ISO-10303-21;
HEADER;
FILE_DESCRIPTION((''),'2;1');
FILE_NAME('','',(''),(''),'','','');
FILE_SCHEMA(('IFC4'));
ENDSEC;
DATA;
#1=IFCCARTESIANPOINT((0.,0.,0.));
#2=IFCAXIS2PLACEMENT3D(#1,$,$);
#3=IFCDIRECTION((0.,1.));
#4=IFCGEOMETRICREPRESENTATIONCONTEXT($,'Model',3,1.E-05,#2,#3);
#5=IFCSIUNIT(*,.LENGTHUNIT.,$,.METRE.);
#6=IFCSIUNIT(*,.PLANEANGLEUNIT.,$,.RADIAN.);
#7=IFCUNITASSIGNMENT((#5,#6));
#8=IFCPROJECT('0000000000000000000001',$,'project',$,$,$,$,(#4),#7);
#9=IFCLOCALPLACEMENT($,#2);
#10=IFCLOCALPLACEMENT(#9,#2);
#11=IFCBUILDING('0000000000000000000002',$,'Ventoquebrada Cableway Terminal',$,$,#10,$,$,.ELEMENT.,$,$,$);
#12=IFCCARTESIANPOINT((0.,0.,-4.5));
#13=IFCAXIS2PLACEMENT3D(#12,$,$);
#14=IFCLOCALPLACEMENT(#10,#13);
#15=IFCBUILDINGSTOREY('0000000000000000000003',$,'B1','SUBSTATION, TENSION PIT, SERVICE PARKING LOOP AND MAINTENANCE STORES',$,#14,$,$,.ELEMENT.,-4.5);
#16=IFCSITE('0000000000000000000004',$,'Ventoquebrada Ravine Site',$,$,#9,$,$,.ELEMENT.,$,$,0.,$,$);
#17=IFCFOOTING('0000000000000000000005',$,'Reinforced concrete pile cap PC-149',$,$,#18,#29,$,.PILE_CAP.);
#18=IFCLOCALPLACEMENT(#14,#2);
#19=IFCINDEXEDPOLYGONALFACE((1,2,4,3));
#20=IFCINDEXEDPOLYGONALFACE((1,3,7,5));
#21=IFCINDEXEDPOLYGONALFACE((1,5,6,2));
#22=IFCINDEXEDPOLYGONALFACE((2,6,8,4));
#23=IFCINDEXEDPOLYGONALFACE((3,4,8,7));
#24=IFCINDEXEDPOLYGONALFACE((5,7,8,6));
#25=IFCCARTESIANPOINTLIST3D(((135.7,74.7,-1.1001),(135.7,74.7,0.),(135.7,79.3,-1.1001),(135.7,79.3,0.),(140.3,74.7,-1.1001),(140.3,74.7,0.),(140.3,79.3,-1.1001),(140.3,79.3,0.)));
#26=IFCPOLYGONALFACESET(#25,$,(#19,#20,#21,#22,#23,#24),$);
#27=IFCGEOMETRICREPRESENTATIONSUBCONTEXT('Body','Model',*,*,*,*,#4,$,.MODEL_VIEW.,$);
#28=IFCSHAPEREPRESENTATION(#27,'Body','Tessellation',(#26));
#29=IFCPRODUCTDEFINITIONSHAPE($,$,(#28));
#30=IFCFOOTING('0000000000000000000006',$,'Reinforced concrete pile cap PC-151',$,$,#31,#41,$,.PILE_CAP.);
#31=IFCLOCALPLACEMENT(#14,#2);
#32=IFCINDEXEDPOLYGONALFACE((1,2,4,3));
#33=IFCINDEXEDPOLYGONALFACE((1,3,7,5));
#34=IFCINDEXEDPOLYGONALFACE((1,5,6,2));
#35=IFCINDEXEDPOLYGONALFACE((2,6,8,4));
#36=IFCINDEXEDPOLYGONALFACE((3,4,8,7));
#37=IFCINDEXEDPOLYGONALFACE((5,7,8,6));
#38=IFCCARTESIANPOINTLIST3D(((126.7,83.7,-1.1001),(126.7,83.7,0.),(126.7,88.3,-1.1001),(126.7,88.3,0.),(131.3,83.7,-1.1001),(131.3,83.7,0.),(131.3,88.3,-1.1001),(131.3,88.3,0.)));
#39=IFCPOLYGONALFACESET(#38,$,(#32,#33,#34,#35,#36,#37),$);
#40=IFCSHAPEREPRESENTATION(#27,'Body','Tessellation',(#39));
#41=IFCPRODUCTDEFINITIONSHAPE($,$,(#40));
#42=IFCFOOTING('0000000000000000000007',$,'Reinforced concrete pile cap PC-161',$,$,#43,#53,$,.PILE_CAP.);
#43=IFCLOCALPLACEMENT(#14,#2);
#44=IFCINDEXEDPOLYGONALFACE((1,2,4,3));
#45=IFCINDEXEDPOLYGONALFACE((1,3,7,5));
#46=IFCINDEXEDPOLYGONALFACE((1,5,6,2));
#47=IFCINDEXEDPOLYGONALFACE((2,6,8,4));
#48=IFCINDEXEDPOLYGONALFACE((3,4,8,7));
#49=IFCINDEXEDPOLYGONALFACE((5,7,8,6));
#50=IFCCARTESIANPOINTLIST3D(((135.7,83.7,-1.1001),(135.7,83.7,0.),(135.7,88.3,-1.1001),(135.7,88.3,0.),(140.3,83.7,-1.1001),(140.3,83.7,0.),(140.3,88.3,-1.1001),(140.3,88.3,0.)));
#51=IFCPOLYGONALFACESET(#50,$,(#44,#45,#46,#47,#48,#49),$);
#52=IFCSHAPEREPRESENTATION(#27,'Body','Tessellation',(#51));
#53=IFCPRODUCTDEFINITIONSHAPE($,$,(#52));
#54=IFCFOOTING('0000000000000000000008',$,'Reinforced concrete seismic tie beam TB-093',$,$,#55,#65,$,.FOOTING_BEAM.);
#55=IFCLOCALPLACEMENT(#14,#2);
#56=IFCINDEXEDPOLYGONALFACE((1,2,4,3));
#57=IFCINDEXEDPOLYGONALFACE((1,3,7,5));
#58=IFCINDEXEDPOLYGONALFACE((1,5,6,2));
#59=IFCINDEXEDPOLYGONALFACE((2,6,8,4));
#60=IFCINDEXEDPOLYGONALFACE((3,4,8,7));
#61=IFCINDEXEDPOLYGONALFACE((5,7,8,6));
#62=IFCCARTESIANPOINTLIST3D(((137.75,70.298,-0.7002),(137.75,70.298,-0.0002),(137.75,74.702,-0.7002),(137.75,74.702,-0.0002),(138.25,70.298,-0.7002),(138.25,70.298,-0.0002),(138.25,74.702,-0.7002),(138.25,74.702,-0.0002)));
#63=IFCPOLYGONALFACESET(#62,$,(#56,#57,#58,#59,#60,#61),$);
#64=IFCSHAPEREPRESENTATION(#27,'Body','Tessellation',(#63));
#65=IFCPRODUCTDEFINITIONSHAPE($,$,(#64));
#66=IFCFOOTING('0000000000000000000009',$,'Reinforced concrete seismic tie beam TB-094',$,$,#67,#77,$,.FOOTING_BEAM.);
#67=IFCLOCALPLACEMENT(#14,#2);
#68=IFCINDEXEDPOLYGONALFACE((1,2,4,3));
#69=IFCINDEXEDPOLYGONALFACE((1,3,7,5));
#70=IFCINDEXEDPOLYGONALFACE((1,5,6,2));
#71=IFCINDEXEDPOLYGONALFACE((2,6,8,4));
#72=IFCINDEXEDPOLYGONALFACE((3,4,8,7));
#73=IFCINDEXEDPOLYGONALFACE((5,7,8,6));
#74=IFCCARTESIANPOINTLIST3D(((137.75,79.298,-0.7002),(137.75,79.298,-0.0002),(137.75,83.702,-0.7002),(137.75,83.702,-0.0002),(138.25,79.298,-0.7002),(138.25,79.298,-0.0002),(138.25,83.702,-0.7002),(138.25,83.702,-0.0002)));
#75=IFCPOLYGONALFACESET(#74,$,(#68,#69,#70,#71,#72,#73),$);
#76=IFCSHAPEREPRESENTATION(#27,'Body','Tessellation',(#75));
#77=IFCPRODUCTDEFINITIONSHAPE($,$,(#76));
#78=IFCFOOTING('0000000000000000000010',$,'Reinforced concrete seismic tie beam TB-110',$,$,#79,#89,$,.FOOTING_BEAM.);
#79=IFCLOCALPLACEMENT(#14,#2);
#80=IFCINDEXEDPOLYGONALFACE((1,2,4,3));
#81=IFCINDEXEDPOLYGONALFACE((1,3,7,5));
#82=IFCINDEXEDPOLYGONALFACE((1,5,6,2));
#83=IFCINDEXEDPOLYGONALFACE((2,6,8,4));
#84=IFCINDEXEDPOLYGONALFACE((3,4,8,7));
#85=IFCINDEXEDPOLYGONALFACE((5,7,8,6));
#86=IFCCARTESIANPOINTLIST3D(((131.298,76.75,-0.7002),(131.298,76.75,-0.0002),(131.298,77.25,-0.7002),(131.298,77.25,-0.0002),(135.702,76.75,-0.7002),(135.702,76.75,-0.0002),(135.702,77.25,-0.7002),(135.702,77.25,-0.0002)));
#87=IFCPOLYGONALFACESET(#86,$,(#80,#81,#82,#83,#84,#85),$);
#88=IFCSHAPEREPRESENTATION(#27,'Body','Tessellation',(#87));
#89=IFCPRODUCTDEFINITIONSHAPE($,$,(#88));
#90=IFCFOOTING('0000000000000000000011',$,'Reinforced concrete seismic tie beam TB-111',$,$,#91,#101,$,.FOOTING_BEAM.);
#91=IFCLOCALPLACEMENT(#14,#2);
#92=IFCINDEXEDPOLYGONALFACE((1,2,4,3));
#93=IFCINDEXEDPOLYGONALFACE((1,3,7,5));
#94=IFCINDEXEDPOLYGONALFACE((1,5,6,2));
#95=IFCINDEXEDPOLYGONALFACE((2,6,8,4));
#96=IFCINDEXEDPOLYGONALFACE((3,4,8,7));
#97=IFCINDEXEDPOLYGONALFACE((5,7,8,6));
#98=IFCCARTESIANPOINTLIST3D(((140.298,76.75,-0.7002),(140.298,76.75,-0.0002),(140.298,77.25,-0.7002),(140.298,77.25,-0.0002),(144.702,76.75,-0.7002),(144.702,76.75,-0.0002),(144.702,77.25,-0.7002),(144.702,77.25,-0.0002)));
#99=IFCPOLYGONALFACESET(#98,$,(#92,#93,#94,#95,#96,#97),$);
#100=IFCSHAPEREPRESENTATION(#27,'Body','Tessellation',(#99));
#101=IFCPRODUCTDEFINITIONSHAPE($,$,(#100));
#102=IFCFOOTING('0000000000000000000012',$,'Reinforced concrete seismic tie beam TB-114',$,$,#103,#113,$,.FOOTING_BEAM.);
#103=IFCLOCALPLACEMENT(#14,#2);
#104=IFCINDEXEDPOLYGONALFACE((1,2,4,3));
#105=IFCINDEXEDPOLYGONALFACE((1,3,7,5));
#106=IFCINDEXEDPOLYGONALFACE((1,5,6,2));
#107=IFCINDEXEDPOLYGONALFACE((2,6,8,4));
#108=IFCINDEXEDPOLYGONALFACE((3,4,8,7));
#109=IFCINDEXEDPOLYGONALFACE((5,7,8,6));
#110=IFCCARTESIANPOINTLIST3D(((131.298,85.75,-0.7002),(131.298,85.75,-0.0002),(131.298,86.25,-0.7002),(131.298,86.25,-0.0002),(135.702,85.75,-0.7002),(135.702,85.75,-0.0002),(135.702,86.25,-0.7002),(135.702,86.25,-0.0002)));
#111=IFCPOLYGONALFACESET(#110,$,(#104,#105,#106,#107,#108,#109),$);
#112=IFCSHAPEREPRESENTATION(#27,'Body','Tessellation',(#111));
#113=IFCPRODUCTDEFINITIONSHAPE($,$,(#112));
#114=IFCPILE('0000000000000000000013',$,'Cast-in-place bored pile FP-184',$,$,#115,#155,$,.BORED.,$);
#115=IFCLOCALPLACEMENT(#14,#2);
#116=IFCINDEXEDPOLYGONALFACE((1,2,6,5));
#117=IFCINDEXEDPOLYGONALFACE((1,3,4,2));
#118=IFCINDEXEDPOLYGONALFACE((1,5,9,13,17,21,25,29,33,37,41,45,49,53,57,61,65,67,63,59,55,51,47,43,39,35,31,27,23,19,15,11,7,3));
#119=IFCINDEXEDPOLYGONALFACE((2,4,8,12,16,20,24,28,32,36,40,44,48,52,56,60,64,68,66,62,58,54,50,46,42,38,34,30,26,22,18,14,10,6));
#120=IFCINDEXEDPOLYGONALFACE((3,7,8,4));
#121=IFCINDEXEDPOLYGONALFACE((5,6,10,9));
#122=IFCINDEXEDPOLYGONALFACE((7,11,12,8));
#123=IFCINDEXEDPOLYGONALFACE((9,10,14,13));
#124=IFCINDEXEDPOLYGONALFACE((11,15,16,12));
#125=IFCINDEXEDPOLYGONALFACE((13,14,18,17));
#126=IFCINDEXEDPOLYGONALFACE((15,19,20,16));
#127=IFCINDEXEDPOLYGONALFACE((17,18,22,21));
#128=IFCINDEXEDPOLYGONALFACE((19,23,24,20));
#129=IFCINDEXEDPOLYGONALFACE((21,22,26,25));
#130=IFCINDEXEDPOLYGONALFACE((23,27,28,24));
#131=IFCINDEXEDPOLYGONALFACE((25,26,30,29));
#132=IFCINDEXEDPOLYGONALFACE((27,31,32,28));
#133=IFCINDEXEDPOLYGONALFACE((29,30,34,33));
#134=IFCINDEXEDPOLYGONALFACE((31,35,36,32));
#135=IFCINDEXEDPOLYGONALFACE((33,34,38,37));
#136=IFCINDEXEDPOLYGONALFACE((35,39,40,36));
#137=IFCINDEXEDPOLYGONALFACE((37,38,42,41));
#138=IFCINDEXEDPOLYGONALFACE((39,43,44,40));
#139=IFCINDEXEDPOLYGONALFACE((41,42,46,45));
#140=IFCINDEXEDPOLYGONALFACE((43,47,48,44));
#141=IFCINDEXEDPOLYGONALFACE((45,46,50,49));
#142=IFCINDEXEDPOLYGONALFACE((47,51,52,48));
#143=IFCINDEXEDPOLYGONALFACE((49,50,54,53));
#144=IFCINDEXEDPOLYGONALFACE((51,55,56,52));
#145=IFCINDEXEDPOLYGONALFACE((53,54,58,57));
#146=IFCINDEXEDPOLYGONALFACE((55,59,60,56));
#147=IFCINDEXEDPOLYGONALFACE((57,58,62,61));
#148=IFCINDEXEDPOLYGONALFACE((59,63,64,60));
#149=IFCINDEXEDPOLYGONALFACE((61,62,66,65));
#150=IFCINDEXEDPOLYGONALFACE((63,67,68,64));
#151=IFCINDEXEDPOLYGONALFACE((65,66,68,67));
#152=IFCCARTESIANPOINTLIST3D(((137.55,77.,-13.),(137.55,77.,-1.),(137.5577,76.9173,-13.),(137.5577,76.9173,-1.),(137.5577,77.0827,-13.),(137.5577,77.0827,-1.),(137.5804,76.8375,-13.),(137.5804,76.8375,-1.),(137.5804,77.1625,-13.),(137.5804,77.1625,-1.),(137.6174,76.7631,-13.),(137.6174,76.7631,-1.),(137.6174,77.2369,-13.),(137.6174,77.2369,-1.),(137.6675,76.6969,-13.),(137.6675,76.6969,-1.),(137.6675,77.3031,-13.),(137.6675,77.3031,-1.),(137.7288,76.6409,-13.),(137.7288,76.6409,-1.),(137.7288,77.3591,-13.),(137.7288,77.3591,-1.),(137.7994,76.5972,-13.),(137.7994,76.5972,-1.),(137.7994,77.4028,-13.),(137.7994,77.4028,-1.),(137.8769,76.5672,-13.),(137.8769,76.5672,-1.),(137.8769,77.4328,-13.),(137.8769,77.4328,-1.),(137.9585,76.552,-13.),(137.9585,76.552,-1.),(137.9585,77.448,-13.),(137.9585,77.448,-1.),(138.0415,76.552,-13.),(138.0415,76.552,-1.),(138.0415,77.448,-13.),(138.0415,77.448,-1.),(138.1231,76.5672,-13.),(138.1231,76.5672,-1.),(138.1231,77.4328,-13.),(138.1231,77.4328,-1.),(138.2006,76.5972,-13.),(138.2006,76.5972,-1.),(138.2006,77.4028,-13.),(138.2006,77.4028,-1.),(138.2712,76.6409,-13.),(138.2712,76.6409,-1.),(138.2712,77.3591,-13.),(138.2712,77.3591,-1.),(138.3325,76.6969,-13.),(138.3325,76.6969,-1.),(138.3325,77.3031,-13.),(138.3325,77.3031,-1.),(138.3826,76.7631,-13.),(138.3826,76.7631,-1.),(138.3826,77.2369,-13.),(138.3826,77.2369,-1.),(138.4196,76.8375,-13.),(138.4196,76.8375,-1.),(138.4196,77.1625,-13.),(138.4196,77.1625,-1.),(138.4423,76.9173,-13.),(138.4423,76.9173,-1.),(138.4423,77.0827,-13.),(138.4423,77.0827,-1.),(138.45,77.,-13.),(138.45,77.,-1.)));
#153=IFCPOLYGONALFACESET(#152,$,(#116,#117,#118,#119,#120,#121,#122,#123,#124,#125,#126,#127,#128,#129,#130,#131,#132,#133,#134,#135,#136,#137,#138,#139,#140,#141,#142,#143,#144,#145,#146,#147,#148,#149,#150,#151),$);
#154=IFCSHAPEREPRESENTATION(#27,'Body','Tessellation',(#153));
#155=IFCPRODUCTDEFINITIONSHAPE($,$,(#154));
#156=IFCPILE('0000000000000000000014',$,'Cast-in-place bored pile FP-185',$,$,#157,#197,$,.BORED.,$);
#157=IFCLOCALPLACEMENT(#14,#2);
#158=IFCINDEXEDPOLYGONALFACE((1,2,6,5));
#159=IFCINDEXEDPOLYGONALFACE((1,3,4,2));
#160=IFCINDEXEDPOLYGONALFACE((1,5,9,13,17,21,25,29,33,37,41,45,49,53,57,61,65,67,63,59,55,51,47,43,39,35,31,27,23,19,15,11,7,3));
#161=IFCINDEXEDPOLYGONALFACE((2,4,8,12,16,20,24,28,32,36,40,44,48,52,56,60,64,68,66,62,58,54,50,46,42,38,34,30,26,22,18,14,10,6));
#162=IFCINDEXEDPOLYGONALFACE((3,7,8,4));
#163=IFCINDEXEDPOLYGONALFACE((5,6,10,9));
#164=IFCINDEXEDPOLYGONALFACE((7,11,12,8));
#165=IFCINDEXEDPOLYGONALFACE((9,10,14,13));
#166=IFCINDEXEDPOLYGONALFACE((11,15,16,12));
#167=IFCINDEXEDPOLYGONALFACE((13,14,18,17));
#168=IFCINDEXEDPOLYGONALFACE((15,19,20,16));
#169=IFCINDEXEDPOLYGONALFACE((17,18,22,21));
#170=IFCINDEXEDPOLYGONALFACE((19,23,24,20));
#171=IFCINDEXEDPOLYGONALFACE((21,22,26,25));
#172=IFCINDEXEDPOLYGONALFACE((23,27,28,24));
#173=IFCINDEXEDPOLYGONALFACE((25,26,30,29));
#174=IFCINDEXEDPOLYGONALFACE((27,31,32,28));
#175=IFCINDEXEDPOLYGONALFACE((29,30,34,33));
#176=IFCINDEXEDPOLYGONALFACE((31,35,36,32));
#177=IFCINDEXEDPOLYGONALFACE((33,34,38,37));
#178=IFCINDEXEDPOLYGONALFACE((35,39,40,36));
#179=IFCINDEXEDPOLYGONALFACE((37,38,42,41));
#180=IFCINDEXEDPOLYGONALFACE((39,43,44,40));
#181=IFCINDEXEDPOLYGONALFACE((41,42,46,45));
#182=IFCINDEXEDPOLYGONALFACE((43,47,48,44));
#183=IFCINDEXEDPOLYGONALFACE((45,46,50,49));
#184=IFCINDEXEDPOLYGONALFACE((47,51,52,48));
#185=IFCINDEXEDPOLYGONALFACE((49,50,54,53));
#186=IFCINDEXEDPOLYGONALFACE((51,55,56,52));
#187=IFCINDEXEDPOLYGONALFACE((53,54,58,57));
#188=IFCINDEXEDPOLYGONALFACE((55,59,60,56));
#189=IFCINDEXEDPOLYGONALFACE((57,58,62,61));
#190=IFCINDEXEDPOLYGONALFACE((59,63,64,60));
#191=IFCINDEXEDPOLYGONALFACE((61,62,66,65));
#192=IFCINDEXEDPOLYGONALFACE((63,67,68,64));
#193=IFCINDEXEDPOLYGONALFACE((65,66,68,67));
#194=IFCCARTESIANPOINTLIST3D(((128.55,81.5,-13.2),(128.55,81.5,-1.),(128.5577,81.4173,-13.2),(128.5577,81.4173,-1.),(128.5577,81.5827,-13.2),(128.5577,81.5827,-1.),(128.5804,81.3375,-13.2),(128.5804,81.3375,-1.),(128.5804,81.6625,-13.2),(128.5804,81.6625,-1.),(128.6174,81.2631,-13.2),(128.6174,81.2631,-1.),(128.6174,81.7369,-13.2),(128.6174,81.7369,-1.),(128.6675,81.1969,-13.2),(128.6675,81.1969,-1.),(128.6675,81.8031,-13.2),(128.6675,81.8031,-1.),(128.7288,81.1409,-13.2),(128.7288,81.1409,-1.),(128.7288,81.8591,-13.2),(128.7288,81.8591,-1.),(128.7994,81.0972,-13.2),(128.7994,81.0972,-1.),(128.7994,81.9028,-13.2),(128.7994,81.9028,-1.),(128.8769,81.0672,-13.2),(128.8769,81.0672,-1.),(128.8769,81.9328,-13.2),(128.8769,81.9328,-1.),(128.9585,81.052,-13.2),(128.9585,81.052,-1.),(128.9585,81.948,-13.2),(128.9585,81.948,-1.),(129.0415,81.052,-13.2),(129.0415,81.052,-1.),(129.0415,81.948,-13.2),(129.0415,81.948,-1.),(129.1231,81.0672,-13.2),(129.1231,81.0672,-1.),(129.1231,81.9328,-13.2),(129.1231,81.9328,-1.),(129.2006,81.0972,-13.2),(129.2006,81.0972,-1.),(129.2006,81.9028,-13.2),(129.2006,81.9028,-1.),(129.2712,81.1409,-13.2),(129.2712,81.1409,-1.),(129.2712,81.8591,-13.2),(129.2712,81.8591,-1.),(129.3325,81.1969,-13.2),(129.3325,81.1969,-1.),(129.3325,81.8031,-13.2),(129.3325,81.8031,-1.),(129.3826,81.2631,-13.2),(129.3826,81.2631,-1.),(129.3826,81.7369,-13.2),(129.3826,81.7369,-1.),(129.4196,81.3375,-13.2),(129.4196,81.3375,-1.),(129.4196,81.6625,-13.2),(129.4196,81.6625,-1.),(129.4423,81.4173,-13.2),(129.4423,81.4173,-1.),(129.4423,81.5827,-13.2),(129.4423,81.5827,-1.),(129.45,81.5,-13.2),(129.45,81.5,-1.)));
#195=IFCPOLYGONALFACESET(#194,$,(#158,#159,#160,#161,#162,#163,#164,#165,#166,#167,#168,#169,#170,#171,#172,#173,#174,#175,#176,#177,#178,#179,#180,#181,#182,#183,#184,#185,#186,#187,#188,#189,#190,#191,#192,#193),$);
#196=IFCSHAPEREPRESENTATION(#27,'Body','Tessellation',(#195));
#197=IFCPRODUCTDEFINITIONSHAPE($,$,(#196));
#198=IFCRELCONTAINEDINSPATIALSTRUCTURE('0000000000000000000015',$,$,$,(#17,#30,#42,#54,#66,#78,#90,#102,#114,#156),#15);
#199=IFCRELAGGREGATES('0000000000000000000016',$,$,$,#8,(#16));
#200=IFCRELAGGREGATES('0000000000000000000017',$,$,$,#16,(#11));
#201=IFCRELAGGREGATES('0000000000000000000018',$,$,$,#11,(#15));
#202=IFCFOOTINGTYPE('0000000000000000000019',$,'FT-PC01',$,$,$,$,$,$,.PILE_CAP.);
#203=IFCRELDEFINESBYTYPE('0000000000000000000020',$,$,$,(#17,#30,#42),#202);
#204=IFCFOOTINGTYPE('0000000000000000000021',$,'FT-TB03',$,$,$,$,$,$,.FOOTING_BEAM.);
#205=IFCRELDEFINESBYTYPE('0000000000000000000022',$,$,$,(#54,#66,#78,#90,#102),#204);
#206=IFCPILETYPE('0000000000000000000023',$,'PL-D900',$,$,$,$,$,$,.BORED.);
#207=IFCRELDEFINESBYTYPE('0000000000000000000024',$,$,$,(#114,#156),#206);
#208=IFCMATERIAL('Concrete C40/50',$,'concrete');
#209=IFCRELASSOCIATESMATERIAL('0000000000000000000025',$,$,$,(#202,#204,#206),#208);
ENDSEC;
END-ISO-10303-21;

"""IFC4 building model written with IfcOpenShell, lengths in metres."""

from ifc_helpers import new_model, si_unit, direction, frame, origin, origin_2d, place, context, subcontext, project, spatial, rectangle, circle, extrude, material, material_profile, profile_set, type_object, element, save


model = new_model("IFC4")

# Units and contexts
model_context = context("Model", 3, precision=1e-05, world=origin(), true_north=direction((0.0, 1.0)))
body_context = subcontext(model_context, "Body", "Model", "MODEL_VIEW")
ifc_project = project(units=[si_unit("LENGTHUNIT", "METRE"), si_unit("PLANEANGLEUNIT", "RADIAN")], contexts=[model_context])

# Site, building, storey
site_placement = place(None, origin())
site = spatial("IfcSite", under=ifc_project, at=site_placement, Name="Ventoquebrada Ravine Site", CompositionType="ELEMENT", RefElevation=0.0)
building_placement = place(site_placement, origin())
building = spatial("IfcBuilding", under=site, at=building_placement, Name="Ventoquebrada Cableway Terminal", CompositionType="ELEMENT")
storey_placement = place(building_placement, frame((0.0, 0.0, -4.5)))
storey = spatial("IfcBuildingStorey", under=building, at=storey_placement, Name="B1", Description="SUBSTATION, TENSION PIT, SERVICE PARKING LOOP AND MAINTENANCE STORES", CompositionType="ELEMENT", Elevation=-4.5)

# Footings
ifc_material_1 = material(Name="Concrete C40/50", Category="concrete")
footing_type_1 = type_object("IfcFootingType", Name="FT-PC01", PredefinedType="PILE_CAP", material=ifc_material_1)
for number, where, z_axis, x_axis, name in (
    (1, (138.0, 77.0, -1.1001), (0.0, 0.0, 1.0), (1.0, 0.0, 0.0), "Reinforced concrete pile cap PC-149"),
    (2, (129.0, 86.0, -1.1001), (0.0, 0.0, 1.0), (1.0, 0.0, 0.0), "Reinforced concrete pile cap PC-151"),
    (3, (138.0, 86.0, -1.1001), (0.0, 0.0, 1.0), (1.0, 0.0, 0.0), "Reinforced concrete pile cap PC-161"),
):
    element("IfcFooting", number, at=place(storey_placement, frame(where, z_axis=z_axis, x_axis=x_axis)), inside=storey, type_object=footing_type_1, Name=name, PredefinedType="PILE_CAP", context=body_context, shape_type="SweptSolid", body=[
        extrude(rectangle(XDim=4.6001, YDim=4.6001, at=origin_2d()), origin(), (0.0, 0.0, 1.0), 1.1001),
    ])
footing_type_2 = type_object("IfcFootingType", Name="FT-TB03", PredefinedType="FOOTING_BEAM", material=ifc_material_1)
for number, where, z_axis, x_axis, name in (
    (4, (138.0, 72.5, -0.7002), (0.0, 0.0, 1.0), (0.0, 1.0, 0.0), "Reinforced concrete seismic tie beam TB-093"),
    (5, (138.0, 81.5, -0.7002), (0.0, 0.0, 1.0), (0.0, 1.0, 0.0), "Reinforced concrete seismic tie beam TB-094"),
    (6, (133.5, 77.0, -0.7002), (0.0, 0.0, 1.0), (1.0, 0.0, 0.0), "Reinforced concrete seismic tie beam TB-110"),
    (7, (142.5, 77.0, -0.7002), (0.0, 0.0, 1.0), (1.0, 0.0, 0.0), "Reinforced concrete seismic tie beam TB-111"),
    (8, (133.5, 86.0, -0.7002), (0.0, 0.0, 1.0), (1.0, 0.0, 0.0), "Reinforced concrete seismic tie beam TB-114"),
):
    element("IfcFooting", number, at=place(storey_placement, frame(where, z_axis=z_axis, x_axis=x_axis)), inside=storey, type_object=footing_type_2, Name=name, PredefinedType="FOOTING_BEAM", context=body_context, shape_type="SweptSolid", body=[
        extrude(rectangle(XDim=4.4041, YDim=0.5, at=origin_2d()), origin(), (0.0, 0.0, 1.0), 0.7),
    ])

# Piles
ifc_material_profile_1 = material_profile(ifc_material_1, circle(Radius=0.45, at=origin_2d()), Name="PILE-D900")
ifc_profile_set_1 = profile_set([ifc_material_profile_1], Name="Concrete C40/50")
pile_type = type_object("IfcPileType", Name="PL-D900", PredefinedType="BORED", material=ifc_profile_set_1)
pile_1_placement = place(storey_placement, frame((138.0, 77.0, -1.0), z_axis=(0.0, 0.0, -1.0), x_axis=(1.0, 0.0, 0.0)))
element("IfcPile", 9, at=pile_1_placement, inside=storey, type_object=pile_type, Name="Cast-in-place bored pile FP-184", PredefinedType="BORED", context=body_context, shape_type="SweptSolid", body=[
    extrude(circle(Radius=0.45, at=origin_2d()), origin(), (0.0, 0.0, 1.0), 12.0),
])
pile_2_placement = place(storey_placement, frame((129.0, 81.5, -1.0), z_axis=(0.0, 0.0, -1.0), x_axis=(1.0, 0.0, 0.0)))
element("IfcPile", 10, at=pile_2_placement, inside=storey, type_object=pile_type, Name="Cast-in-place bored pile FP-185", PredefinedType="BORED", context=body_context, shape_type="SweptSolid", body=[
    extrude(circle(Radius=0.45, at=origin_2d()), origin(), (0.0, 0.0, 1.0), 12.2),
])

save(model, "model.ifc")
